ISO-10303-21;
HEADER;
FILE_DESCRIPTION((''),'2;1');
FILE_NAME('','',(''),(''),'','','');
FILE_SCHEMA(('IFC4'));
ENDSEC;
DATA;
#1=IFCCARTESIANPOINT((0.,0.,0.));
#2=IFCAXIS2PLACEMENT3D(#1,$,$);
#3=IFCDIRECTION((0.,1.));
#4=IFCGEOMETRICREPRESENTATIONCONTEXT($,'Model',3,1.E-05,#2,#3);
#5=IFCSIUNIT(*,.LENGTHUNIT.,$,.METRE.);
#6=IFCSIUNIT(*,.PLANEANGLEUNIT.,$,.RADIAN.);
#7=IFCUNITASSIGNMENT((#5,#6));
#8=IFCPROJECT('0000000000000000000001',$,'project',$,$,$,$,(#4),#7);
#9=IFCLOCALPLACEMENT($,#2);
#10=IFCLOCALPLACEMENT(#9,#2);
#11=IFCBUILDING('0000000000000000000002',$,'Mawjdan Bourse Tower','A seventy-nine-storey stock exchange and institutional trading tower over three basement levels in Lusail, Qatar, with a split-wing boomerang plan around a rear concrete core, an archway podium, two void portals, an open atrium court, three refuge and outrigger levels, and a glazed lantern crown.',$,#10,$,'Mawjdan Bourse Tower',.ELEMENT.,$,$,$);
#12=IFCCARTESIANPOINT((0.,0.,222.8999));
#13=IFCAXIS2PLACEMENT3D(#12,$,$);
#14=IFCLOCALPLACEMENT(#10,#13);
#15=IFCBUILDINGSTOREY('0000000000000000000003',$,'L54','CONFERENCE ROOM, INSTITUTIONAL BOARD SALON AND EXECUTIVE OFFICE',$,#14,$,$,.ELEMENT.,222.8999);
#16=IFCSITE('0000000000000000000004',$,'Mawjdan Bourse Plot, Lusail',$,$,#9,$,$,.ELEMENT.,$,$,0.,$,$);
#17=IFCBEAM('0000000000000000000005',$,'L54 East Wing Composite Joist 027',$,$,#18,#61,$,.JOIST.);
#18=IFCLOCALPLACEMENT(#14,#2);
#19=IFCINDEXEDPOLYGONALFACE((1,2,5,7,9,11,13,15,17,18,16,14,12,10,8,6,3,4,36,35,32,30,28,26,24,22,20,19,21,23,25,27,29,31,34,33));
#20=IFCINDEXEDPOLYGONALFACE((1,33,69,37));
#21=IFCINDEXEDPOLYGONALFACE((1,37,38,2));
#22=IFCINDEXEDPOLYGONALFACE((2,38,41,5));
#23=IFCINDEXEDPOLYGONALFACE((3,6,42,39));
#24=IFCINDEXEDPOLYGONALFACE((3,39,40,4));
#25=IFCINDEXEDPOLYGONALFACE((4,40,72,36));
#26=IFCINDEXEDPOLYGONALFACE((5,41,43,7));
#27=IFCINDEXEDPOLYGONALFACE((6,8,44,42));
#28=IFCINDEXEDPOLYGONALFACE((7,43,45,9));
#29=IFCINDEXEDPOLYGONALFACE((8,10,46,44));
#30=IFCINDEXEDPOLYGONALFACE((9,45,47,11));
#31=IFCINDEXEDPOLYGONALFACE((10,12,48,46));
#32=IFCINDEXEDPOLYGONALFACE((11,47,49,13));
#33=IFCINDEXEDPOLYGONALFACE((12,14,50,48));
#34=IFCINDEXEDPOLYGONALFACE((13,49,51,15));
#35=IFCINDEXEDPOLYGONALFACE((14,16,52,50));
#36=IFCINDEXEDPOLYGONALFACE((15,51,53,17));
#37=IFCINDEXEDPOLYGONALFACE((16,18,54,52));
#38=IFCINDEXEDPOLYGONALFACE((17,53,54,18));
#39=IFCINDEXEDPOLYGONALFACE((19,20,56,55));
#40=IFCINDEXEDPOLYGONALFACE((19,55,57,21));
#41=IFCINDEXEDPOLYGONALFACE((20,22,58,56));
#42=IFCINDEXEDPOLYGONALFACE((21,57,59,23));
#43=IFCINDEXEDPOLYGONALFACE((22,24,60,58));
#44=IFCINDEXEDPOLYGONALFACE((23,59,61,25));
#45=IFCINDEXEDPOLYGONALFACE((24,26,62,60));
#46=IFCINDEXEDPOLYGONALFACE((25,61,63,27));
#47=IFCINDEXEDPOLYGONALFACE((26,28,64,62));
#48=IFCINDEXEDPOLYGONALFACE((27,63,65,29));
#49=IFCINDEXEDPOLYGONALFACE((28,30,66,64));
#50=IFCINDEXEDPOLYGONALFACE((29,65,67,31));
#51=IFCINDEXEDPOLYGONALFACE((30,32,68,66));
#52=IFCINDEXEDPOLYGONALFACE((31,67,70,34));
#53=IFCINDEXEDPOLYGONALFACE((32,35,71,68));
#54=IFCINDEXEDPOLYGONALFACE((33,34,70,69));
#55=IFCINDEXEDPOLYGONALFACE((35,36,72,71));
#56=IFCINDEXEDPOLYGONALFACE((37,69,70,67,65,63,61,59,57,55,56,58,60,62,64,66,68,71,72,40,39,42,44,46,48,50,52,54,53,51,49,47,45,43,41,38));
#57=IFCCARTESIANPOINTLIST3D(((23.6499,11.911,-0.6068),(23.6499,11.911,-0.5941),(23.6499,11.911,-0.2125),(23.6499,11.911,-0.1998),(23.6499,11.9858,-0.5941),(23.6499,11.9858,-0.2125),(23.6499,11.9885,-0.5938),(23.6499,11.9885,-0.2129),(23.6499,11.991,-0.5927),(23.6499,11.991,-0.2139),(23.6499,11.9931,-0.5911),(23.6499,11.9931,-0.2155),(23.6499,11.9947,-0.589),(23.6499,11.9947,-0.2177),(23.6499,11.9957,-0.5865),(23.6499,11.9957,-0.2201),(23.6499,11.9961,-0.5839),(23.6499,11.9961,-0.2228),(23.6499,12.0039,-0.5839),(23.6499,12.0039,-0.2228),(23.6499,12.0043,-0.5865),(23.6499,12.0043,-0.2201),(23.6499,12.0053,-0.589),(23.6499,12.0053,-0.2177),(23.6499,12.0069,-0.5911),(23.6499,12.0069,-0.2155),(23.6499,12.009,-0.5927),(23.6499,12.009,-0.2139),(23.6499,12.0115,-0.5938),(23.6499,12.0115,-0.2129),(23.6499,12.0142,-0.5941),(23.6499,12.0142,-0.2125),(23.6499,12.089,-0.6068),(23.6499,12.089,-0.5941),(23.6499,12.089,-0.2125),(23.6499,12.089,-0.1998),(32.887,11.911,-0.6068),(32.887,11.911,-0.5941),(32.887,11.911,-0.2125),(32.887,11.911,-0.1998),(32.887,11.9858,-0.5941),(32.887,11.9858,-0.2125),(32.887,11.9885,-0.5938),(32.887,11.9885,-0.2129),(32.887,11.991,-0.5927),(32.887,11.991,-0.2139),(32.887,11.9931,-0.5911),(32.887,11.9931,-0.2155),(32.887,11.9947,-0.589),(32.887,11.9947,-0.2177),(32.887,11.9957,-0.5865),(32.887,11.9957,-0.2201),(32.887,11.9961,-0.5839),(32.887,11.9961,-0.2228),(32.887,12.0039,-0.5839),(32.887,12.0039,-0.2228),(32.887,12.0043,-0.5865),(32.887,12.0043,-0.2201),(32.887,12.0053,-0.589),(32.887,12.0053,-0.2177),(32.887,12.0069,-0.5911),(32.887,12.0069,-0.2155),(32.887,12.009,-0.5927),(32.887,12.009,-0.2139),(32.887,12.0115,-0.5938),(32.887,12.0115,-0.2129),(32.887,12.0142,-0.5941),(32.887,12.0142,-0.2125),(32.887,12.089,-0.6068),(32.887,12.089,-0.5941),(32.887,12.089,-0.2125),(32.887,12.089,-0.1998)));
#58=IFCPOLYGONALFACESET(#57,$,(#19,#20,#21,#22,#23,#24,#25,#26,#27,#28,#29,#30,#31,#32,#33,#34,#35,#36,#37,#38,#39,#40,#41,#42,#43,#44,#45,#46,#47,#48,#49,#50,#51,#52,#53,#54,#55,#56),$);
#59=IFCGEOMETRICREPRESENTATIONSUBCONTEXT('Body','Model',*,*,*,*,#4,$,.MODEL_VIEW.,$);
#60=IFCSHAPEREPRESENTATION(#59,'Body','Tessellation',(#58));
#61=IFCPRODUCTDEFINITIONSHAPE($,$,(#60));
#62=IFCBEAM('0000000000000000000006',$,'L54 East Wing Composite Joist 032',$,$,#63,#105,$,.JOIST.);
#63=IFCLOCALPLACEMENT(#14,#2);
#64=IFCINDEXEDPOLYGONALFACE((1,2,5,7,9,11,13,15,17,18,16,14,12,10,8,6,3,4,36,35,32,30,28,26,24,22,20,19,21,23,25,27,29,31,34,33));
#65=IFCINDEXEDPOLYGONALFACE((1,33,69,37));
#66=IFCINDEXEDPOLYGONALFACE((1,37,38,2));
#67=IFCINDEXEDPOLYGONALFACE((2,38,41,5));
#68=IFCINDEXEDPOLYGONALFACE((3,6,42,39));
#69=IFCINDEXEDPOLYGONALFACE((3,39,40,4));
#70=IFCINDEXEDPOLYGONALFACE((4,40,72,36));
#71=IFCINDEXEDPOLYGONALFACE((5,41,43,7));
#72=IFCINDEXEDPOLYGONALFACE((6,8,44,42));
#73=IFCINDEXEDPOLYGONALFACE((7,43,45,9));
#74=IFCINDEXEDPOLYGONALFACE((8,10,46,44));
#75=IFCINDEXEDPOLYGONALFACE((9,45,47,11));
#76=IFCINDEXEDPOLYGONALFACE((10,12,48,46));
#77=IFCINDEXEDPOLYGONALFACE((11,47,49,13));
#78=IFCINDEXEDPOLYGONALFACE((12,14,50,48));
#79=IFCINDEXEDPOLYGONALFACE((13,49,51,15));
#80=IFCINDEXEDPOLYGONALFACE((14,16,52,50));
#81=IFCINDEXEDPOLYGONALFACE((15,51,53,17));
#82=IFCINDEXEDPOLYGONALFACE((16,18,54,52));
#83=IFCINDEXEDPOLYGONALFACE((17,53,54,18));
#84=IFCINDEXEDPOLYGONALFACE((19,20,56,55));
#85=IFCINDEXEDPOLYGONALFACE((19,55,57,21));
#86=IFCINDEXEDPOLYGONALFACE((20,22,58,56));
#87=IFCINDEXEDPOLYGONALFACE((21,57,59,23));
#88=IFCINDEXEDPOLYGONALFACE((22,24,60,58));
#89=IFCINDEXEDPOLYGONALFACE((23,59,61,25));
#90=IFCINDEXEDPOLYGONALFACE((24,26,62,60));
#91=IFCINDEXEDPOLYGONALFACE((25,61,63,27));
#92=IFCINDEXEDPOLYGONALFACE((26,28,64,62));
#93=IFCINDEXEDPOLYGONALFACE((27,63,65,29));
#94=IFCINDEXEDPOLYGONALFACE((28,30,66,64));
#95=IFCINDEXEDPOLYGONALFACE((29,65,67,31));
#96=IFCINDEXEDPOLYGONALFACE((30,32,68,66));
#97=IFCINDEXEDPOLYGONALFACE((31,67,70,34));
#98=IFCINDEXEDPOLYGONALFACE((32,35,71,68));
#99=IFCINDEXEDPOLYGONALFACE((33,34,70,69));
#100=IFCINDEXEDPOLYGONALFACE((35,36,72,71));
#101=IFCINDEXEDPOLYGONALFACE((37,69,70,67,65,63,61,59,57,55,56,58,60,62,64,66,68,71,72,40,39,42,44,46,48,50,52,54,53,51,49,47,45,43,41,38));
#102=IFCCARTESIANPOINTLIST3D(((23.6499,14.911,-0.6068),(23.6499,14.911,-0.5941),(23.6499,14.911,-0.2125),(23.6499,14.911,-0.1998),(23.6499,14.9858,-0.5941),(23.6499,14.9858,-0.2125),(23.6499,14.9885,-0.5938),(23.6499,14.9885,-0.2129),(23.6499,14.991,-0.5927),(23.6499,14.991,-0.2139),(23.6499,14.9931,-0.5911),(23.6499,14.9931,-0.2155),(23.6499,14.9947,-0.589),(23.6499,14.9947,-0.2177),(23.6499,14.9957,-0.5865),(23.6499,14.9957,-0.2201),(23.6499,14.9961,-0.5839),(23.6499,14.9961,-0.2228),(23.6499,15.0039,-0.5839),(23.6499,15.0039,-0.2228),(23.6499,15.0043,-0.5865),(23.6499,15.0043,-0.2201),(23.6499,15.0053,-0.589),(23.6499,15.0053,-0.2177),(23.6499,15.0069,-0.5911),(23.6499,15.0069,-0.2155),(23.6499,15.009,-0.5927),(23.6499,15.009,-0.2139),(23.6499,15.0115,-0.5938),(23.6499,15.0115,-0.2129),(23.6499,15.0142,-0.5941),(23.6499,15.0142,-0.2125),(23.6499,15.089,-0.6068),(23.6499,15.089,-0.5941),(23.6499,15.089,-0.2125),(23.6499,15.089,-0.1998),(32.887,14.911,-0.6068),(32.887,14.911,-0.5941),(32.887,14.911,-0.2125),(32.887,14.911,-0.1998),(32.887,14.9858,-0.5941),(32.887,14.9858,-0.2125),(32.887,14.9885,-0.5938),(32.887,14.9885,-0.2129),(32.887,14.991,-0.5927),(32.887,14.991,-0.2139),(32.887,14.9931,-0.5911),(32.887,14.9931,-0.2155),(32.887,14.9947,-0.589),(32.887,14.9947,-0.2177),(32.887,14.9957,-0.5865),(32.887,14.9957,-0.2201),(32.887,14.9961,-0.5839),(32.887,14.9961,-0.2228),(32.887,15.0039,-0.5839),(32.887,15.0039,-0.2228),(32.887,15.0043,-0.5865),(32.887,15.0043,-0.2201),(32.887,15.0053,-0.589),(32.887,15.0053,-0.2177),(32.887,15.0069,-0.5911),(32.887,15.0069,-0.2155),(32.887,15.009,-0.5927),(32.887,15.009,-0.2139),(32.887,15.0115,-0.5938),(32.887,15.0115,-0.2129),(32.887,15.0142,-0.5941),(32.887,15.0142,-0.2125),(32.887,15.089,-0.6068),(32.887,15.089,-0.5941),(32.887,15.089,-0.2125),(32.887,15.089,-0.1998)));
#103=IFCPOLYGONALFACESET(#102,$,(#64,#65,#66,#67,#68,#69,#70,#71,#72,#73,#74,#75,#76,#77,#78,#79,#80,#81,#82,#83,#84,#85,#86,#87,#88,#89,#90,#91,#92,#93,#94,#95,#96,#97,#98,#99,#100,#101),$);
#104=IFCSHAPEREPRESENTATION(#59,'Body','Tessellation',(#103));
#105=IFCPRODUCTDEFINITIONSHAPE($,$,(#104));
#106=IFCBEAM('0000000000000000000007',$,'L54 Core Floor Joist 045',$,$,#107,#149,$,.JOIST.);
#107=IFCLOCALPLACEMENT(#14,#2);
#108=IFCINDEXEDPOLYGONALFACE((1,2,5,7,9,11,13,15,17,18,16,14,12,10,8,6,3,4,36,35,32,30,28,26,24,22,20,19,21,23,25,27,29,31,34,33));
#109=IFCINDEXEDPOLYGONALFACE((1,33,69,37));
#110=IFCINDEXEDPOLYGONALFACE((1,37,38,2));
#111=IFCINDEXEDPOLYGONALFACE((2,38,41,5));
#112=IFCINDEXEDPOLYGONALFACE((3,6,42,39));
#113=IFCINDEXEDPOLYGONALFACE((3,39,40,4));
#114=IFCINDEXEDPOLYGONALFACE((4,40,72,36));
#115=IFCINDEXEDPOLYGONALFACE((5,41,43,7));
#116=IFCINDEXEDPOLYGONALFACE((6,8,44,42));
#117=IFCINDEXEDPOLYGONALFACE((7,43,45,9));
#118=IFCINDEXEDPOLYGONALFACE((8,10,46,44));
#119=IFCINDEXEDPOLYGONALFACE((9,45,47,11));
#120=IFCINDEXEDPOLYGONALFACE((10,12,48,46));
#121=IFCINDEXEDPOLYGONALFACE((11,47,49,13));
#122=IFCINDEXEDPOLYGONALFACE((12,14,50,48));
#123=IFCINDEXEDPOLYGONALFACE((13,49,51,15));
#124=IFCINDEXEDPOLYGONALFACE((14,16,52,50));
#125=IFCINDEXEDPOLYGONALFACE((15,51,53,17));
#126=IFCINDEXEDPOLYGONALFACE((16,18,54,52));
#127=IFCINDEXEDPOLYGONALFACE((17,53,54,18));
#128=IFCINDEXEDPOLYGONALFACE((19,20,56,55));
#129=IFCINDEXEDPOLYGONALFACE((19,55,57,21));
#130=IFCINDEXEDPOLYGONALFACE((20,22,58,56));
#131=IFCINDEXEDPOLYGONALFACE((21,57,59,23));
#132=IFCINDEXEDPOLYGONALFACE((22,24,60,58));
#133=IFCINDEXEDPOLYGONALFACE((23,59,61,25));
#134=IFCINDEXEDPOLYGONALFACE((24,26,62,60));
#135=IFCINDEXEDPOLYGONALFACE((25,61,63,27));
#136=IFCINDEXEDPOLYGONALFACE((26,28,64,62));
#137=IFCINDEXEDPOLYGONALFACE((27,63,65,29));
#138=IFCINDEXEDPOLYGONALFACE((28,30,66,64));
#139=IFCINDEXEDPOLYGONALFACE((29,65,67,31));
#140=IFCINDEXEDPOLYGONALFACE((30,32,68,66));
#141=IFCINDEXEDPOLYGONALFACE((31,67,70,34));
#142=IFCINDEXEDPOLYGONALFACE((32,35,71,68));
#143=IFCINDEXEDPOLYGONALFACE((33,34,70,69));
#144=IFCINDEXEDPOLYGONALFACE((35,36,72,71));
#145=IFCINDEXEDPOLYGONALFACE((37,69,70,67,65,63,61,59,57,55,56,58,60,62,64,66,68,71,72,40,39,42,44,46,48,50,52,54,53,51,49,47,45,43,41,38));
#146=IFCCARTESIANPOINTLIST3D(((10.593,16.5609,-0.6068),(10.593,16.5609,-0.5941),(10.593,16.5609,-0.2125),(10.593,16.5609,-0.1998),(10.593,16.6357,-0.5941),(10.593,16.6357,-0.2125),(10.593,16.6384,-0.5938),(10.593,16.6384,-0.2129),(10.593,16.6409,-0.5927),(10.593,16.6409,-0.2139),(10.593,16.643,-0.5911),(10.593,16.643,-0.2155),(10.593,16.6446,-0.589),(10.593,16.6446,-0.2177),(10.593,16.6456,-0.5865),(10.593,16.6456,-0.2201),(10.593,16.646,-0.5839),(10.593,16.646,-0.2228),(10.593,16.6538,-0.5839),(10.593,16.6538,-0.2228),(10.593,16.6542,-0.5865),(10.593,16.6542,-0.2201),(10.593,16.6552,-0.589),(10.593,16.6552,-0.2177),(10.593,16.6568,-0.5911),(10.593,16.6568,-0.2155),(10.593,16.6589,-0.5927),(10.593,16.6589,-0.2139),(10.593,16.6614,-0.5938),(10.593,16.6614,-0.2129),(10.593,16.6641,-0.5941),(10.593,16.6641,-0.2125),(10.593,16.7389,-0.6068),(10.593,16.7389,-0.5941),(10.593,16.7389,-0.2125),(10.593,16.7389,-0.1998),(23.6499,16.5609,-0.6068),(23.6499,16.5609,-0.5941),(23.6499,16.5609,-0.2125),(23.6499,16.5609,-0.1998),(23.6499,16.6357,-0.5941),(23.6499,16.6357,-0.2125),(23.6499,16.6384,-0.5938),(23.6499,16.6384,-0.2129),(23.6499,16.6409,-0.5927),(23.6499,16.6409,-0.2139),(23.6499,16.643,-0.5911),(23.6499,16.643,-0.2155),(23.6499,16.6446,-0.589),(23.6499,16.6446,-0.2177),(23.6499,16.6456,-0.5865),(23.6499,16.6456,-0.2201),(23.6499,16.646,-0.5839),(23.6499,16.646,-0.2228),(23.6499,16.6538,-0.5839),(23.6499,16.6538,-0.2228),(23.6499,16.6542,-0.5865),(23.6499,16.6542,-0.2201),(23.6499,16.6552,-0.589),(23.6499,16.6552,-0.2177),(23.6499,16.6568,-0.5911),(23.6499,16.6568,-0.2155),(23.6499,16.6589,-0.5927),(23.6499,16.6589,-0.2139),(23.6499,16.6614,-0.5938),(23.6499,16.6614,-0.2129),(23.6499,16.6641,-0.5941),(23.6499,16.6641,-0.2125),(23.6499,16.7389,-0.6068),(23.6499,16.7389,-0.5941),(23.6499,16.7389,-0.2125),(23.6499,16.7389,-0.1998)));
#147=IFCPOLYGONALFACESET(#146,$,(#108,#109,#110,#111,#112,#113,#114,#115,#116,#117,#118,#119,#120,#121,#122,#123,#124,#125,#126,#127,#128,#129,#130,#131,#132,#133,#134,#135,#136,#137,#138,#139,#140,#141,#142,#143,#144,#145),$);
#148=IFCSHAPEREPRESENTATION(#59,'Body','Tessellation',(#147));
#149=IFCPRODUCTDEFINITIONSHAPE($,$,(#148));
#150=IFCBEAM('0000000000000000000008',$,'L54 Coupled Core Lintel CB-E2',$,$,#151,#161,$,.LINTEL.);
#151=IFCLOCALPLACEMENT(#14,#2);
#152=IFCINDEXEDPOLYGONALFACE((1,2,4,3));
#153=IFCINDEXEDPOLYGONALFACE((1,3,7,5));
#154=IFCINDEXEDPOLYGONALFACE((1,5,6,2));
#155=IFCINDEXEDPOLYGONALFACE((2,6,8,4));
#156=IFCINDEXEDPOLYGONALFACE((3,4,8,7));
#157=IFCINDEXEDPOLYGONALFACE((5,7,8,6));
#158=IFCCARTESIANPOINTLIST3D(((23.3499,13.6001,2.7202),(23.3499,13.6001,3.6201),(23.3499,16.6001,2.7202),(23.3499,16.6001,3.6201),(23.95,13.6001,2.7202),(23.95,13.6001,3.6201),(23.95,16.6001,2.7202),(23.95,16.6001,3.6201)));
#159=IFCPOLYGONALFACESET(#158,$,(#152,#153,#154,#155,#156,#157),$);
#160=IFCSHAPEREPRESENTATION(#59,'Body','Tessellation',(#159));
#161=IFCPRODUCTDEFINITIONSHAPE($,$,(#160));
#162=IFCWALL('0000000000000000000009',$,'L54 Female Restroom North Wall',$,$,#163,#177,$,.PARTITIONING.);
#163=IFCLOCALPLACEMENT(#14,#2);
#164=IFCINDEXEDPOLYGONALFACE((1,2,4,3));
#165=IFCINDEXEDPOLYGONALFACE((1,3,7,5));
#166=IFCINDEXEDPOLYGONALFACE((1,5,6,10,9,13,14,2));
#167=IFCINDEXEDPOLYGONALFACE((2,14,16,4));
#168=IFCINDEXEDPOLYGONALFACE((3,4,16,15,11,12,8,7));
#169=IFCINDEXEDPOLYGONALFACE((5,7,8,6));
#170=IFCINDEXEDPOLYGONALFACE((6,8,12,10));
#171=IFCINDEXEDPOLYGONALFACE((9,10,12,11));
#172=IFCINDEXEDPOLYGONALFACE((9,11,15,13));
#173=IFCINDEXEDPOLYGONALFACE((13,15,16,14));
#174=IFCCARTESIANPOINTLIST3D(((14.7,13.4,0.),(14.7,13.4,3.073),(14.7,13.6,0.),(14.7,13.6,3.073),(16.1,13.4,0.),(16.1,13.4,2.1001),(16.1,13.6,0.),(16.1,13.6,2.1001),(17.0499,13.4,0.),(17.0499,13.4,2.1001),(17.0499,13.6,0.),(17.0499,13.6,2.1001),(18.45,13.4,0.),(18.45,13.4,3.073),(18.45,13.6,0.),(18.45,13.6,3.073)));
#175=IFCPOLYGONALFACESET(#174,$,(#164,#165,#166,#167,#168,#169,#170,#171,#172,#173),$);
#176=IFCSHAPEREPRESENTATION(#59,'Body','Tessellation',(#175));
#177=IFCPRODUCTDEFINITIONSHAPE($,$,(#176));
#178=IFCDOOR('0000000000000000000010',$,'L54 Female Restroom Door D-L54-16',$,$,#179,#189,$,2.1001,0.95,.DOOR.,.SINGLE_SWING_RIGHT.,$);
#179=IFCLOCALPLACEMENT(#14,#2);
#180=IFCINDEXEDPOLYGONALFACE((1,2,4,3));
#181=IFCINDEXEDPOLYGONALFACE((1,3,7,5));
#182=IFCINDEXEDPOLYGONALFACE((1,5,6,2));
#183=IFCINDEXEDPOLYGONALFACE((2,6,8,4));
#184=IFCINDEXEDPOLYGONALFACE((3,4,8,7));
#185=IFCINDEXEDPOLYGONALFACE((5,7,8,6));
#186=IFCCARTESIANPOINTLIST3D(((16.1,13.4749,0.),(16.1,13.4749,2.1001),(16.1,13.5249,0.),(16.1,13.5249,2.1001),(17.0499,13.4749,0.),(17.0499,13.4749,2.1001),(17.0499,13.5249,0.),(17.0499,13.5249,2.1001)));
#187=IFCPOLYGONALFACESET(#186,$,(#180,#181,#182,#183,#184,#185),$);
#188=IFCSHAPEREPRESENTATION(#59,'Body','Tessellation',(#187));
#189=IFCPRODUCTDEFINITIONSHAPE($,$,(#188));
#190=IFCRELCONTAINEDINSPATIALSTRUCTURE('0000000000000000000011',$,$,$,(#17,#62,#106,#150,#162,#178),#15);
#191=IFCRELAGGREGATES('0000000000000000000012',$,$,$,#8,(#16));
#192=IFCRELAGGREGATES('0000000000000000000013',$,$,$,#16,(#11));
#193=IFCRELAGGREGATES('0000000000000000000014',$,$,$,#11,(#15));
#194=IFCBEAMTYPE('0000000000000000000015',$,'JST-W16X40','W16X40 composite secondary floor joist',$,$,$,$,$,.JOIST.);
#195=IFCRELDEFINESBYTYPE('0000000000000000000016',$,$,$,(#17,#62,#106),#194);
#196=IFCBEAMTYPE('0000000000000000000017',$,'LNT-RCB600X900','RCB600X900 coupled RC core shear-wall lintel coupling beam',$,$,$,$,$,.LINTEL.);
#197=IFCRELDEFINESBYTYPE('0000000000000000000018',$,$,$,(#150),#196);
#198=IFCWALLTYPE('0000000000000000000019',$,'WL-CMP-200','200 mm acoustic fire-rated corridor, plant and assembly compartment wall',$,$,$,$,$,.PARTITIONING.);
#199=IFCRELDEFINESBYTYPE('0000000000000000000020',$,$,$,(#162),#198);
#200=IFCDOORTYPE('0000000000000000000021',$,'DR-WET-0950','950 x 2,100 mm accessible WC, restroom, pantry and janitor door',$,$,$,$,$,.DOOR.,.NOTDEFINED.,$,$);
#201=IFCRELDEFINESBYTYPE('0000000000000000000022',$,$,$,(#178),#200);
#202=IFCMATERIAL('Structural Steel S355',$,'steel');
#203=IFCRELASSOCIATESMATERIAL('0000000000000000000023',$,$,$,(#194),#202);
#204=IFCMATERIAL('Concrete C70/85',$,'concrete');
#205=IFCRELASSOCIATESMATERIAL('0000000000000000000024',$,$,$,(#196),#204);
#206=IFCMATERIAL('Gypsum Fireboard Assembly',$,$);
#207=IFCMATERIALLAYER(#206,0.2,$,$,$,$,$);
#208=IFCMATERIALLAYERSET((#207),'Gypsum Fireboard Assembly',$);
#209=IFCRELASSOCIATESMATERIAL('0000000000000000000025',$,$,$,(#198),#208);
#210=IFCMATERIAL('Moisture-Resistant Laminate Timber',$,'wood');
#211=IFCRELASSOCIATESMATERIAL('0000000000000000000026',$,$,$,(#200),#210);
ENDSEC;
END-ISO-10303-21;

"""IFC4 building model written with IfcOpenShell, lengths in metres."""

from ifc_helpers import new_model, si_unit, direction, frame, frame_2d, origin, origin_2d, place, context, subcontext, project, spatial, rectangle, i_section, extrude, material, layer, layer_set, material_profile, profile_set, type_object, element, fill, save


model = new_model("IFC4")

# Units and contexts
model_context = context("Model", 3, precision=1e-05, world=origin(), true_north=direction((0.0, 1.0)))
body_context = subcontext(model_context, "Body", "Model", "MODEL_VIEW")
ifc_project = project(units=[si_unit("LENGTHUNIT", "METRE"), si_unit("PLANEANGLEUNIT", "RADIAN")], contexts=[model_context])

# Site, building, storey
site_placement = place(None, origin())
site = spatial("IfcSite", under=ifc_project, at=site_placement, Name="Mawjdan Bourse Plot, Lusail", CompositionType="ELEMENT", RefElevation=0.0)
building_placement = place(site_placement, origin())
building = spatial("IfcBuilding", under=site, at=building_placement, Name="Mawjdan Bourse Tower", Description="A seventy-nine-storey stock exchange and institutional trading tower over three basement levels in Lusail, Qatar, with a split-wing boomerang plan around a rear concrete core, an archway podium, two void portals, an open atrium court, three refuge and outrigger levels, and a glazed lantern crown.", LongName="Mawjdan Bourse Tower", CompositionType="ELEMENT")
storey_placement = place(building_placement, frame((0.0, 0.0, 222.8999)))
storey = spatial("IfcBuildingStorey", under=building, at=storey_placement, Name="L54", Description="CONFERENCE ROOM, INSTITUTIONAL BOARD SALON AND EXECUTIVE OFFICE", CompositionType="ELEMENT", Elevation=222.8999)

# Beams
ifc_material_1 = material(Name="Structural Steel S355", Category="steel")
ifc_material_profile_1 = material_profile(ifc_material_1, i_section(OverallWidth=0.178, OverallDepth=0.407, WebThickness=0.0078, FlangeThickness=0.0127, FilletRadius=0.0103, at=origin_2d()), Name="W16X40")
ifc_profile_set_1 = profile_set([ifc_material_profile_1], Name="Structural Steel S355")
beam_type_1 = type_object("IfcBeamType", Name="JST-W16X40", Description="W16X40 composite secondary floor joist", PredefinedType="JOIST", material=ifc_profile_set_1)
for number, where, z_axis, x_axis, name in (
    (1, (23.6499, 12.0, -0.4033), (1.0, 0.0, 0.0), (0.0, 1.0, 0.0), "L54 East Wing Composite Joist 027"),
    (2, (23.6499, 15.0, -0.4033), (1.0, 0.0, 0.0), (0.0, 1.0, 0.0), "L54 East Wing Composite Joist 032"),
):
    element("IfcBeam", number, at=place(storey_placement, frame(where, z_axis=z_axis, x_axis=x_axis)), inside=storey, type_object=beam_type_1, Name=name, PredefinedType="JOIST", context=body_context, shape_type="SweptSolid", body=[
        extrude(i_section(OverallWidth=0.178, OverallDepth=0.407, WebThickness=0.0078, FlangeThickness=0.0127, FilletRadius=0.0103, at=origin_2d()), origin(), (0.0, 0.0, 1.0), 9.2371),
    ])
beam_1_placement = place(storey_placement, frame((10.593, 16.6499, -0.4033), z_axis=(1.0, 0.0, 0.0), x_axis=(0.0, 1.0, 0.0)))
element("IfcBeam", 3, at=beam_1_placement, inside=storey, type_object=beam_type_1, Name="L54 Core Floor Joist 045", PredefinedType="JOIST", context=body_context, shape_type="SweptSolid", body=[
    extrude(i_section(OverallWidth=0.178, OverallDepth=0.407, WebThickness=0.0078, FlangeThickness=0.0127, FilletRadius=0.0103, at=origin_2d()), origin(), (0.0, 0.0, 1.0), 13.0569),
])
ifc_material_2 = material(Name="Concrete C70/85", Category="concrete")
ifc_material_profile_2 = material_profile(ifc_material_2, rectangle(XDim=0.6001, YDim=0.8999, at=origin_2d()), Name="RCB600X900")
ifc_profile_set_2 = profile_set([ifc_material_profile_2], Name="Concrete C70/85")
beam_type_2 = type_object("IfcBeamType", Name="LNT-RCB600X900", Description="RCB600X900 coupled RC core shear-wall lintel coupling beam", PredefinedType="LINTEL", material=ifc_profile_set_2)
beam_2_placement = place(storey_placement, frame((23.6499, 13.6001, 3.1702), z_axis=(0.0, 1.0, 0.0), x_axis=(-1.0, 0.0, 0.0)))
element("IfcBeam", 4, at=beam_2_placement, inside=storey, type_object=beam_type_2, Name="L54 Coupled Core Lintel CB-E2", PredefinedType="LINTEL", context=body_context, shape_type="SweptSolid", body=[
    extrude(rectangle(XDim=0.6001, YDim=0.8999, at=origin_2d()), origin(), (0.0, 0.0, 1.0), 3.0),
])

# Wall, opening, door
ifc_material_3 = material(Name="Gypsum Fireboard Assembly")
ifc_layer_1 = layer(ifc_material_3, 0.2)
ifc_layer_set_1 = layer_set([ifc_layer_1], Name="Gypsum Fireboard Assembly")
wall_type_1 = type_object("IfcWallType", Name="WL-CMP-200", Description="200 mm acoustic fire-rated corridor, plant and assembly compartment wall", PredefinedType="PARTITIONING", material=ifc_layer_set_1)
wall_1_placement = place(storey_placement, frame((14.7, 13.5, 0.0), z_axis=(0.0, 0.0, 1.0), x_axis=(1.0, 0.0, 0.0)))
wall_1 = element("IfcWall", 5, at=wall_1_placement, inside=storey, type_object=wall_type_1, Name="L54 Female Restroom North Wall", PredefinedType="PARTITIONING", context=body_context, shape_type="SweptSolid", body=[
    extrude(rectangle(XDim=3.75, YDim=0.2, at=frame_2d((1.875, 0.0))), origin(), (0.0, 0.0, 1.0), 3.073),
])
opening_1_placement = place(wall_1_placement, frame((1.3999, 0.0, 0.0)))
opening_1 = element("IfcOpeningElement", 6, at=opening_1_placement, cuts=wall_1, PredefinedType="OPENING", context=body_context, shape_type="SweptSolid", body=[
    extrude(rectangle(XDim=0.95, YDim=2.1001, at=frame_2d((0.4751, 1.05))), frame((0.0, 0.1099, 0.0), z_axis=(0.0, -1.0, 0.0), x_axis=(1.0, 0.0, 0.0)), (0.0, 0.0, 1.0), 0.22),
])
ifc_material_4 = material(Name="Moisture-Resistant Laminate Timber", Category="wood")
door_type_1 = type_object("IfcDoorType", Name="DR-WET-0950", Description="950 x 2,100 mm accessible WC, restroom, pantry and janitor door", OperationType="NOTDEFINED", PredefinedType="DOOR", material=ifc_material_4)
door_1_placement = place(opening_1_placement, origin())
door_1 = element("IfcDoor", 7, at=door_1_placement, inside=storey, type_object=door_type_1, Name="L54 Female Restroom Door D-L54-16", OperationType="SINGLE_SWING_RIGHT", OverallHeight=2.1001, OverallWidth=0.95, PredefinedType="DOOR", context=body_context, shape_type="SweptSolid", body=[
    extrude(rectangle(XDim=0.95, YDim=2.1001, at=frame_2d((0.4751, 1.05))), frame((0.0, 0.0249, 0.0), z_axis=(0.0, -1.0, 0.0), x_axis=(1.0, 0.0, 0.0)), (0.0, 0.0, 1.0), 0.05),
])
fill(opening_1, door_1)

save(model, "model.ifc")
